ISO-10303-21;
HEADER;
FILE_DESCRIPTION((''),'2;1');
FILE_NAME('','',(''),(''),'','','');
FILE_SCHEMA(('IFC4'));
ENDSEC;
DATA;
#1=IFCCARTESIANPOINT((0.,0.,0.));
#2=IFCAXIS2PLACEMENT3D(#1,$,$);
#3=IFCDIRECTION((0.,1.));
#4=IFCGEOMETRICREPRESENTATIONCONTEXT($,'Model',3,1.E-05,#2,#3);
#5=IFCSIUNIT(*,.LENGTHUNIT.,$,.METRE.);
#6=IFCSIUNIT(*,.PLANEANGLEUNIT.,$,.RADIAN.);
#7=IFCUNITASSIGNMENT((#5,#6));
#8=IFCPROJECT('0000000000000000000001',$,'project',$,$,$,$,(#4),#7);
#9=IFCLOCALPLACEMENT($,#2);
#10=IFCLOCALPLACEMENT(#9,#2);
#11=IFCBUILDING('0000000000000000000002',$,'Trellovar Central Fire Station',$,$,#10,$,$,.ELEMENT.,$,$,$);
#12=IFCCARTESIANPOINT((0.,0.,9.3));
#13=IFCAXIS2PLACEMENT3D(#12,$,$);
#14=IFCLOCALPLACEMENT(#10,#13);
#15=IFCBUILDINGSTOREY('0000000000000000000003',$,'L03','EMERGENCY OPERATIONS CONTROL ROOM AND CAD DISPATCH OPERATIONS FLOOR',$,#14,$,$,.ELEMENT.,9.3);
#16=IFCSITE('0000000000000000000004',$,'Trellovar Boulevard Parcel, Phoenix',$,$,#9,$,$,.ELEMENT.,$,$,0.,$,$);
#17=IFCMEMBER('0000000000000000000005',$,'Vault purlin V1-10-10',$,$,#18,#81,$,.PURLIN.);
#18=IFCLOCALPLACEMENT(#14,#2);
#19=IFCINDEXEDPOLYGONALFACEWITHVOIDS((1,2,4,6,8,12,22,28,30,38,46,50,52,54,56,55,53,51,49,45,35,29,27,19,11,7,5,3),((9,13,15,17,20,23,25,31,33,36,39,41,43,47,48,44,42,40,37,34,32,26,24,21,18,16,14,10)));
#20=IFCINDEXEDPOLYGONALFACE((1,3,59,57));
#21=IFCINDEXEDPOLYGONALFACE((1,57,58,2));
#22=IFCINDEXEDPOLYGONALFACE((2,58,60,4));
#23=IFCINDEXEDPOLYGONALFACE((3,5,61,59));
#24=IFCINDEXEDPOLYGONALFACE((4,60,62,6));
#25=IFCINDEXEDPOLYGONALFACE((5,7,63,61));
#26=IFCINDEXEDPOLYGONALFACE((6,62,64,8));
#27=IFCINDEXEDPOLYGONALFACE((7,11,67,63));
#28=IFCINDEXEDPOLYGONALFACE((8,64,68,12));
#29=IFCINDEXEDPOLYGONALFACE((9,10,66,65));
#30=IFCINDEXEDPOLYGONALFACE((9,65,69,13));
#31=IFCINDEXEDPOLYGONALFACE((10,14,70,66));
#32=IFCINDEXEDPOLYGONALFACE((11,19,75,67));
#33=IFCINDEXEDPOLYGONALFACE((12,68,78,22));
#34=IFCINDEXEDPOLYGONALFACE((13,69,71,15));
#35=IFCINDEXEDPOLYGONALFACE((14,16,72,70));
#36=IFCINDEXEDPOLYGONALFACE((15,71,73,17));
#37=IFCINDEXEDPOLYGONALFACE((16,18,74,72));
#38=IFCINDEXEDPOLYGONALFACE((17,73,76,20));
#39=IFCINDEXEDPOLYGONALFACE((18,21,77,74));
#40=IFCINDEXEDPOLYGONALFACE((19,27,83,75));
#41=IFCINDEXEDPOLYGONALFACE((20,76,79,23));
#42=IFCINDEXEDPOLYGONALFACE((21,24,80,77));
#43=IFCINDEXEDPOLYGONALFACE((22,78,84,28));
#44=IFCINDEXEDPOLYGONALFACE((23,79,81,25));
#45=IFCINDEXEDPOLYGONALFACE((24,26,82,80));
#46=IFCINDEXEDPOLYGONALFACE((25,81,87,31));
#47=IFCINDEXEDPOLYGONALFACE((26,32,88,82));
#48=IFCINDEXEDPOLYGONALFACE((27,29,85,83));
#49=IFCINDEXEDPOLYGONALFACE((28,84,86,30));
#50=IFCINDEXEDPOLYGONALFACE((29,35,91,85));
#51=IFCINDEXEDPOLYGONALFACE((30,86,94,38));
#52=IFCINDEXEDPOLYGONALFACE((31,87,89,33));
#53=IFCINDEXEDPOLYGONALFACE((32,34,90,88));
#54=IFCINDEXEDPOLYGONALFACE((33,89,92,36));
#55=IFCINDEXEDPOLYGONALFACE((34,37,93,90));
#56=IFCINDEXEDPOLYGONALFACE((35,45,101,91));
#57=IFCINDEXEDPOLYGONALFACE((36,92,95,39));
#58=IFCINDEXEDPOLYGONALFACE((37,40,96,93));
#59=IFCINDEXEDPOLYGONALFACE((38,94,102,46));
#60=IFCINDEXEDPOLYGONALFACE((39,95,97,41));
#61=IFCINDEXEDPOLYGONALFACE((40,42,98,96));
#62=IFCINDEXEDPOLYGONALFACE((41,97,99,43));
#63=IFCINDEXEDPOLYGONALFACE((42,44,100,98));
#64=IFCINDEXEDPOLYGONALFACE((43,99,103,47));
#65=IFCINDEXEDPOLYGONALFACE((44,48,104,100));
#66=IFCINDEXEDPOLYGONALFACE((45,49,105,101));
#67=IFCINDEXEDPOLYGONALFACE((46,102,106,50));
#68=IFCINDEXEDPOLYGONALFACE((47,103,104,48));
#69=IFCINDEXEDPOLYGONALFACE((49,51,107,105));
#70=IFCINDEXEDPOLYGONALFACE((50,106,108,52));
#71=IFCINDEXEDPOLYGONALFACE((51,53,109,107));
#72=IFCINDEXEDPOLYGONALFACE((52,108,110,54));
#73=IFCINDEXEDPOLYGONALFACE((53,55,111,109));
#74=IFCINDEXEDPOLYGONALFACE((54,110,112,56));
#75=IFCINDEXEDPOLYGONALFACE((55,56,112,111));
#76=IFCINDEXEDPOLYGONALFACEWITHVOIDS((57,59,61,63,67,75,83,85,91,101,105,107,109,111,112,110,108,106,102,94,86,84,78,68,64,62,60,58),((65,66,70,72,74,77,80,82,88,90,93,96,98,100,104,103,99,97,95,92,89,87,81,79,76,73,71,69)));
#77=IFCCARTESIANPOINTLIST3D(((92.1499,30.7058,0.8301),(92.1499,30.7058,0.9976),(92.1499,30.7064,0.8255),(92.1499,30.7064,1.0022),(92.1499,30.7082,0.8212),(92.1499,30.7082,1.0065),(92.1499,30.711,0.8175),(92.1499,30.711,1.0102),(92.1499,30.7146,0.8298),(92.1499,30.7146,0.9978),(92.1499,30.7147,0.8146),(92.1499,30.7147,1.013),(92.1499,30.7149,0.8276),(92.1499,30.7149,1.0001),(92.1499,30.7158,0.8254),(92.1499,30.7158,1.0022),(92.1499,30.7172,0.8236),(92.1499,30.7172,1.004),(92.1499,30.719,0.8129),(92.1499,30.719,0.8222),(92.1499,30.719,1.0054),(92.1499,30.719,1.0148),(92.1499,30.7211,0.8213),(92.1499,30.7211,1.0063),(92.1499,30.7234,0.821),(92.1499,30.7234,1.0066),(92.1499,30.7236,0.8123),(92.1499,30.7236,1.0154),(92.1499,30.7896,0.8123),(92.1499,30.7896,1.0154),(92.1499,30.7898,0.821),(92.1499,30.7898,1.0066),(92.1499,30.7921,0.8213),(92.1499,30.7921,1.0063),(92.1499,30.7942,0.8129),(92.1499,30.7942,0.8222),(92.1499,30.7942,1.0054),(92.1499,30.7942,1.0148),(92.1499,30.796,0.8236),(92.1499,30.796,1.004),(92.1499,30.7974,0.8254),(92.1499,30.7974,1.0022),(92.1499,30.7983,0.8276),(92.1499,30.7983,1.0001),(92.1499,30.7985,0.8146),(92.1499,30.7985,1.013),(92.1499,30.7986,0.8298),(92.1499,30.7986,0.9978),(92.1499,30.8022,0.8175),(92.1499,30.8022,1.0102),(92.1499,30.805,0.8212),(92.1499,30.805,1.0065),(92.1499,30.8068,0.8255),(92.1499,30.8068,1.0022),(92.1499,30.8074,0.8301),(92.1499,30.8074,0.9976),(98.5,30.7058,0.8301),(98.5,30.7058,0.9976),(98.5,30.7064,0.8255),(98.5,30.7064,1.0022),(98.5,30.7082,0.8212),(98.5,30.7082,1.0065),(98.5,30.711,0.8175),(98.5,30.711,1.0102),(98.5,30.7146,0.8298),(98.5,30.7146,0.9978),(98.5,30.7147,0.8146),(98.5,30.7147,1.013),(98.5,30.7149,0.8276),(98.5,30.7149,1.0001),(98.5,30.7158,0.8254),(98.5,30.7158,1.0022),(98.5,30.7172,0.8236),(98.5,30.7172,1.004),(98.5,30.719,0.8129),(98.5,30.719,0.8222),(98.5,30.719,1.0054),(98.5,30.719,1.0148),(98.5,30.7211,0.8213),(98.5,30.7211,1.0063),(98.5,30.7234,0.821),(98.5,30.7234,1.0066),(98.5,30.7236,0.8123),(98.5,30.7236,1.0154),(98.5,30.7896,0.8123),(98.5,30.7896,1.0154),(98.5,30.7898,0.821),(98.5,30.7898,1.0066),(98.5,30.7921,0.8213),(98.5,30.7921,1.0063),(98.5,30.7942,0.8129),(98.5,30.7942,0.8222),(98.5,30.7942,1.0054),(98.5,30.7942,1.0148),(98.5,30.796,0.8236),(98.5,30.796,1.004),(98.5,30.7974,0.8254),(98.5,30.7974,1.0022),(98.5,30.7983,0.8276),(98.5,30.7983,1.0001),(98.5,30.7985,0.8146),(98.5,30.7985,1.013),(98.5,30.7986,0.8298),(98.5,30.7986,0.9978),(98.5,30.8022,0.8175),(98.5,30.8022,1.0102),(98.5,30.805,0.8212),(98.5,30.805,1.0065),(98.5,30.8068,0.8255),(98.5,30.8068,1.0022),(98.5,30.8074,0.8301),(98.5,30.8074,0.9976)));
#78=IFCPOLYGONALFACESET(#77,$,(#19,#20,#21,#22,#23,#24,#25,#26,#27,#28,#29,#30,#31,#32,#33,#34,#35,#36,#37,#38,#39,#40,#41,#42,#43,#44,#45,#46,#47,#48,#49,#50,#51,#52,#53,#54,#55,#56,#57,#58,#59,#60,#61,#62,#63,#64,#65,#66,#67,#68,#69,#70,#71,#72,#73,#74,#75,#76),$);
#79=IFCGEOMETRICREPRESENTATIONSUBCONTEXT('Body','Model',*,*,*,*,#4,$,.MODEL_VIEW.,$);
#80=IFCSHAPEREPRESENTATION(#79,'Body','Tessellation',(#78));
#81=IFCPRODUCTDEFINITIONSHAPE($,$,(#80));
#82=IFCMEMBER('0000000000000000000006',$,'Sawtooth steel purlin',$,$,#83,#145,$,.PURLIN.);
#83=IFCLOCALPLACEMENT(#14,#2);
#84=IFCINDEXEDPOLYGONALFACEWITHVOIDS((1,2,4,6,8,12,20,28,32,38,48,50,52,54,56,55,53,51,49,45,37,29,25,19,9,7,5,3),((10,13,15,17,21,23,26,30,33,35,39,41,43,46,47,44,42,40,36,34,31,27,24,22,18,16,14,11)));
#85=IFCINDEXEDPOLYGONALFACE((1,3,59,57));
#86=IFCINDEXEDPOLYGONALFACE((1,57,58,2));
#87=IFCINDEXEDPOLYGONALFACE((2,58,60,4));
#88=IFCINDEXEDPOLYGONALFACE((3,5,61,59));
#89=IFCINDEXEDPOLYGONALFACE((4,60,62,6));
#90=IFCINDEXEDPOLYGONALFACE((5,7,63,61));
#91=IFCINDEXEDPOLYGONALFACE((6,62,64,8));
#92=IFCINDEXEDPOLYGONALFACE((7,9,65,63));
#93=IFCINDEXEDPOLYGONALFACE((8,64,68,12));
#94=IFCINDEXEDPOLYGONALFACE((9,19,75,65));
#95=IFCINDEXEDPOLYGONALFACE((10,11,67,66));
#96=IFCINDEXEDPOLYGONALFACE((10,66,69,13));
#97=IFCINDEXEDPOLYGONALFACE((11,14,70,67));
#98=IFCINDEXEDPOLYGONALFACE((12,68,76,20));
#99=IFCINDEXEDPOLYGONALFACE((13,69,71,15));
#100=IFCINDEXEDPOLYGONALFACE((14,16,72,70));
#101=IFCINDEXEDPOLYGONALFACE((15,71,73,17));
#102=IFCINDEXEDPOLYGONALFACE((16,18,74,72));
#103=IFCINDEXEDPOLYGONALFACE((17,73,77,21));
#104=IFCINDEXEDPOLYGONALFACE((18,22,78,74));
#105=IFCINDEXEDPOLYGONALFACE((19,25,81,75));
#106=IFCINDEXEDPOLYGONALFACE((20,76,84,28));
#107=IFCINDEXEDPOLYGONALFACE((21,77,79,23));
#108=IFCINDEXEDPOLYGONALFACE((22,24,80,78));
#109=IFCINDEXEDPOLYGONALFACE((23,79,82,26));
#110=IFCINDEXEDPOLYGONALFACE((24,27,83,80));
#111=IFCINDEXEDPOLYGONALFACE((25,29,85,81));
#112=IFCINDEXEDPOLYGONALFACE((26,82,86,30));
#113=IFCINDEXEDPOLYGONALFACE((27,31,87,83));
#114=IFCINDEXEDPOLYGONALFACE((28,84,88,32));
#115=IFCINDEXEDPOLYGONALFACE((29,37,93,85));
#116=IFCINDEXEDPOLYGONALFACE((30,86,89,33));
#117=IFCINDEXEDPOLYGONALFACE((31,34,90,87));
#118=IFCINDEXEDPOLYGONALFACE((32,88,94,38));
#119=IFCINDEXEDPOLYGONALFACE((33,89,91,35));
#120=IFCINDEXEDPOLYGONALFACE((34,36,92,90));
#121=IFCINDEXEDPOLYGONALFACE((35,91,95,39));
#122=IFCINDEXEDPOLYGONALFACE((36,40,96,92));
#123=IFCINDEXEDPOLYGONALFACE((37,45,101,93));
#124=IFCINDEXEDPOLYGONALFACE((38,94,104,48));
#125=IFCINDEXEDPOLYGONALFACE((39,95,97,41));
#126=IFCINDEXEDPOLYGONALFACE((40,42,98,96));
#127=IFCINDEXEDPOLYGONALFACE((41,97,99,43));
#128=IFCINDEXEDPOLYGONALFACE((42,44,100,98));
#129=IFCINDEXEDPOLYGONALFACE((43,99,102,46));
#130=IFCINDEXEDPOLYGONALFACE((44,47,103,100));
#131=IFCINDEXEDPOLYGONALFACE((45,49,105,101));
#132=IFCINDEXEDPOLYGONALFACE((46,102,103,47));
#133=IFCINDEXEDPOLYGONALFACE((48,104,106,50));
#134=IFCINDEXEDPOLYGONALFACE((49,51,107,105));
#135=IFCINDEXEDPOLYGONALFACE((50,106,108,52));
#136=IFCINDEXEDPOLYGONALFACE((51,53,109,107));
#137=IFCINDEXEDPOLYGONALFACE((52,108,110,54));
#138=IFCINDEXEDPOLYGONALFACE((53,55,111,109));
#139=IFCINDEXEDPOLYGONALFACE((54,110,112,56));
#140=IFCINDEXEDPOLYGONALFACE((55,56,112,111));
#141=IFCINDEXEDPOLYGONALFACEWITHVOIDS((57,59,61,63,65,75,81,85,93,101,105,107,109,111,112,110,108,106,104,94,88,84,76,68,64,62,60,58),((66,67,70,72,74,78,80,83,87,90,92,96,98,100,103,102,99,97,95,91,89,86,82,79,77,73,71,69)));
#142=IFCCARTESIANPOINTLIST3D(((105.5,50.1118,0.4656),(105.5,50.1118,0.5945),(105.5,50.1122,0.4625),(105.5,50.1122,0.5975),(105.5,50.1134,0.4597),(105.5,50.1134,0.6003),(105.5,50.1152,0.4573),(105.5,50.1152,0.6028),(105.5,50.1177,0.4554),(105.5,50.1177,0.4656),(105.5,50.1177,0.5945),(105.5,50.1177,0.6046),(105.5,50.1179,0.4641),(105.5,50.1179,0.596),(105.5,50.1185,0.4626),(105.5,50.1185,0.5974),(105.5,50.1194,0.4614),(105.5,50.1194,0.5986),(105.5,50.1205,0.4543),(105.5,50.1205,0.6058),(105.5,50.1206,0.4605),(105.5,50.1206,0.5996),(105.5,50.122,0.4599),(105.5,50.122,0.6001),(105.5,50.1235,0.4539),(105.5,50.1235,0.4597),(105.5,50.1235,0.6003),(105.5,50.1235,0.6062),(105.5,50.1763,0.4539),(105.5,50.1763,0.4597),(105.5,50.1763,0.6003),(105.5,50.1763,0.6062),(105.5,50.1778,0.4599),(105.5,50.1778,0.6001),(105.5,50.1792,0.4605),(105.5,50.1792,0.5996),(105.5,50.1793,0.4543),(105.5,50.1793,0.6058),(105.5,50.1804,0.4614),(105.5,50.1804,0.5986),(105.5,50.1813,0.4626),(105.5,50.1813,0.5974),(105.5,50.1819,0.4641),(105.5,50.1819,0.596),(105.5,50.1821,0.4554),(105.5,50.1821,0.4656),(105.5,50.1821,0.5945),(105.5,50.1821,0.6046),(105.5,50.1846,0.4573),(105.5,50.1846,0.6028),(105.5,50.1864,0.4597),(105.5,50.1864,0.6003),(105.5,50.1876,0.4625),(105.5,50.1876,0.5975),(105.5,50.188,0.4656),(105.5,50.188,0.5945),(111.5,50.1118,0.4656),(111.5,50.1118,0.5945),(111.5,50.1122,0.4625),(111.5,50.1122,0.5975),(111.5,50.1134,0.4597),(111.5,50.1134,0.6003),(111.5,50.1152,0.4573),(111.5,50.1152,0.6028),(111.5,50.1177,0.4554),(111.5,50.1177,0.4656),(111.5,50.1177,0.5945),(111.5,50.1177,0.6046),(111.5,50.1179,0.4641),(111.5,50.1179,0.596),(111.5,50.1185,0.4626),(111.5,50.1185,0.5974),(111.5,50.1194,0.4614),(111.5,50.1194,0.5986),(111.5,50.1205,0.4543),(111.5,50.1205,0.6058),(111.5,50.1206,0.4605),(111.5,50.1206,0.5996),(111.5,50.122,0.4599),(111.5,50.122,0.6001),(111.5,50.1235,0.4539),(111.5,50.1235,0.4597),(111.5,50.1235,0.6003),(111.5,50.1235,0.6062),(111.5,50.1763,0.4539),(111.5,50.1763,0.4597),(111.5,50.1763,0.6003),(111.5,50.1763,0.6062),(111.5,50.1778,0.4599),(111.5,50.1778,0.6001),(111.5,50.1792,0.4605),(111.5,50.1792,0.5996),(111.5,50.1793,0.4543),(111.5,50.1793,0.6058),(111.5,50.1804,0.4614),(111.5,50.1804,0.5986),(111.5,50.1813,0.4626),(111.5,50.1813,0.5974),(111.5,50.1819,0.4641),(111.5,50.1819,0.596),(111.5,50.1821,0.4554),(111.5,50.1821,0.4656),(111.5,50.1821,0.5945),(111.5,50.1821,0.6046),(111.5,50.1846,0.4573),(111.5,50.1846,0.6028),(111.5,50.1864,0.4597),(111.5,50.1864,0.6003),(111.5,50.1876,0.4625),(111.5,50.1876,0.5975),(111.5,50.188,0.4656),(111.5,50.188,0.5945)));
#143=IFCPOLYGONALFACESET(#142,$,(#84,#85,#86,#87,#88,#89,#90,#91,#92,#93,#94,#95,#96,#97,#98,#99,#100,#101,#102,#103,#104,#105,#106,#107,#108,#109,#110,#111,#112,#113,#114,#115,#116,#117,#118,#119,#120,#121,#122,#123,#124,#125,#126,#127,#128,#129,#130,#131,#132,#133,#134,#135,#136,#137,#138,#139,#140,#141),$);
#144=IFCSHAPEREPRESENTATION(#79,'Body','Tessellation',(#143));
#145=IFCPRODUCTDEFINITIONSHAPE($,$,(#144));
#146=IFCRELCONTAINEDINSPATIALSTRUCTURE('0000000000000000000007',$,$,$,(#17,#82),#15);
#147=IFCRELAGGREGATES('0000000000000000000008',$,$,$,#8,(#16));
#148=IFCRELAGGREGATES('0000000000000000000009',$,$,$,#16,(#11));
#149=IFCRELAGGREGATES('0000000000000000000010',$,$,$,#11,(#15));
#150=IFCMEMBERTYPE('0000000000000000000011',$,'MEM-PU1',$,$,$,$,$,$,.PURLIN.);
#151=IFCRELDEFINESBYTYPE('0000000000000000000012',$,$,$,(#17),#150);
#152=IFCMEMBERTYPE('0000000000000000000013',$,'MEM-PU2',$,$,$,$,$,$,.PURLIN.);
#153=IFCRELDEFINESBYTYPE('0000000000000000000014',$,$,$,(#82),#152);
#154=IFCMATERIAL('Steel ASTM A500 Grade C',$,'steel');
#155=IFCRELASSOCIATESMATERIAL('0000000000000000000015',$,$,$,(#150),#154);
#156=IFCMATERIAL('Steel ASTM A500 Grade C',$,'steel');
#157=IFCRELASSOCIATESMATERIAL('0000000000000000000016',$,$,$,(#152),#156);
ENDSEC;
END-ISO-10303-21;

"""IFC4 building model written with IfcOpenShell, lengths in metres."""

from ifc_helpers import new_model, si_unit, direction, frame, origin, origin_2d, place, context, subcontext, project, spatial, hollow_rectangle, extrude, material, material_profile, profile_set, type_object, element, save


model = new_model("IFC4")

# Units and contexts
model_context = context("Model", 3, precision=1e-05, world=origin(), true_north=direction((0.0, 1.0)))
body_context = subcontext(model_context, "Body", "Model", "MODEL_VIEW")
ifc_project = project(units=[si_unit("LENGTHUNIT", "METRE"), si_unit("PLANEANGLEUNIT", "RADIAN")], contexts=[model_context])

# Site, building, storey
site_placement = place(None, origin())
site = spatial("IfcSite", under=ifc_project, at=site_placement, Name="Trellovar Boulevard Parcel, Phoenix", CompositionType="ELEMENT", RefElevation=0.0)
building_placement = place(site_placement, origin())
building = spatial("IfcBuilding", under=site, at=building_placement, Name="Trellovar Central Fire Station", CompositionType="ELEMENT")
storey_placement = place(building_placement, frame((0.0, 0.0, 9.3)))
storey = spatial("IfcBuildingStorey", under=building, at=storey_placement, Name="L03", Description="EMERGENCY OPERATIONS CONTROL ROOM AND CAD DISPATCH OPERATIONS FLOOR", CompositionType="ELEMENT", Elevation=9.3)

# Members
ifc_material_1 = material(Name="Steel ASTM A500 Grade C", Category="steel")
ifc_material_profile_1 = material_profile(ifc_material_1, hollow_rectangle(XDim=0.1016, YDim=0.2031, WallThickness=0.0088, InnerFilletRadius=0.0088, OuterFilletRadius=0.0178, at=origin_2d()), Name="HSS8X4X3/8")
ifc_profile_set_1 = profile_set([ifc_material_profile_1], Name="Steel ASTM A500 Grade C")
member_type_1 = type_object("IfcMemberType", Name="MEM-PU1", PredefinedType="PURLIN", material=ifc_profile_set_1)
member_1_placement = place(storey_placement, frame((92.1499, 30.7566, 0.9138), z_axis=(1.0, 0.0, 0.0), x_axis=(0.0, 1.0, 0.0)))
element("IfcMember", 1, at=member_1_placement, inside=storey, type_object=member_type_1, Name="Vault purlin V1-10-10", PredefinedType="PURLIN", context=body_context, shape_type="SweptSolid", body=[
    extrude(hollow_rectangle(XDim=0.1016, YDim=0.2031, WallThickness=0.0088, InnerFilletRadius=0.0088, OuterFilletRadius=0.0178, at=origin_2d()), origin(), (0.0, 0.0, 1.0), 6.3501),
])
ifc_material_2 = material(Name="Steel ASTM A500 Grade C", Category="steel")
ifc_material_profile_2 = material_profile(ifc_material_2, hollow_rectangle(XDim=0.0762, YDim=0.1523, WallThickness=0.0059, InnerFilletRadius=0.0059, OuterFilletRadius=0.0117, at=origin_2d()), Name="HSS6X3X1/4")
ifc_profile_set_2 = profile_set([ifc_material_profile_2], Name="Steel ASTM A500 Grade C")
member_type_2 = type_object("IfcMemberType", Name="MEM-PU2", PredefinedType="PURLIN", material=ifc_profile_set_2)
member_2_placement = place(storey_placement, frame((105.5, 50.1499, 0.53), z_axis=(1.0, 0.0, 0.0), x_axis=(0.0, 1.0, 0.0)))
element("IfcMember", 2, at=member_2_placement, inside=storey, type_object=member_type_2, Name="Sawtooth steel purlin", PredefinedType="PURLIN", context=body_context, shape_type="SweptSolid", body=[
    extrude(hollow_rectangle(XDim=0.0762, YDim=0.1523, WallThickness=0.0059, InnerFilletRadius=0.0059, OuterFilletRadius=0.0117, at=origin_2d()), origin(), (0.0, 0.0, 1.0), 6.0),
])

save(model, "model.ifc")
